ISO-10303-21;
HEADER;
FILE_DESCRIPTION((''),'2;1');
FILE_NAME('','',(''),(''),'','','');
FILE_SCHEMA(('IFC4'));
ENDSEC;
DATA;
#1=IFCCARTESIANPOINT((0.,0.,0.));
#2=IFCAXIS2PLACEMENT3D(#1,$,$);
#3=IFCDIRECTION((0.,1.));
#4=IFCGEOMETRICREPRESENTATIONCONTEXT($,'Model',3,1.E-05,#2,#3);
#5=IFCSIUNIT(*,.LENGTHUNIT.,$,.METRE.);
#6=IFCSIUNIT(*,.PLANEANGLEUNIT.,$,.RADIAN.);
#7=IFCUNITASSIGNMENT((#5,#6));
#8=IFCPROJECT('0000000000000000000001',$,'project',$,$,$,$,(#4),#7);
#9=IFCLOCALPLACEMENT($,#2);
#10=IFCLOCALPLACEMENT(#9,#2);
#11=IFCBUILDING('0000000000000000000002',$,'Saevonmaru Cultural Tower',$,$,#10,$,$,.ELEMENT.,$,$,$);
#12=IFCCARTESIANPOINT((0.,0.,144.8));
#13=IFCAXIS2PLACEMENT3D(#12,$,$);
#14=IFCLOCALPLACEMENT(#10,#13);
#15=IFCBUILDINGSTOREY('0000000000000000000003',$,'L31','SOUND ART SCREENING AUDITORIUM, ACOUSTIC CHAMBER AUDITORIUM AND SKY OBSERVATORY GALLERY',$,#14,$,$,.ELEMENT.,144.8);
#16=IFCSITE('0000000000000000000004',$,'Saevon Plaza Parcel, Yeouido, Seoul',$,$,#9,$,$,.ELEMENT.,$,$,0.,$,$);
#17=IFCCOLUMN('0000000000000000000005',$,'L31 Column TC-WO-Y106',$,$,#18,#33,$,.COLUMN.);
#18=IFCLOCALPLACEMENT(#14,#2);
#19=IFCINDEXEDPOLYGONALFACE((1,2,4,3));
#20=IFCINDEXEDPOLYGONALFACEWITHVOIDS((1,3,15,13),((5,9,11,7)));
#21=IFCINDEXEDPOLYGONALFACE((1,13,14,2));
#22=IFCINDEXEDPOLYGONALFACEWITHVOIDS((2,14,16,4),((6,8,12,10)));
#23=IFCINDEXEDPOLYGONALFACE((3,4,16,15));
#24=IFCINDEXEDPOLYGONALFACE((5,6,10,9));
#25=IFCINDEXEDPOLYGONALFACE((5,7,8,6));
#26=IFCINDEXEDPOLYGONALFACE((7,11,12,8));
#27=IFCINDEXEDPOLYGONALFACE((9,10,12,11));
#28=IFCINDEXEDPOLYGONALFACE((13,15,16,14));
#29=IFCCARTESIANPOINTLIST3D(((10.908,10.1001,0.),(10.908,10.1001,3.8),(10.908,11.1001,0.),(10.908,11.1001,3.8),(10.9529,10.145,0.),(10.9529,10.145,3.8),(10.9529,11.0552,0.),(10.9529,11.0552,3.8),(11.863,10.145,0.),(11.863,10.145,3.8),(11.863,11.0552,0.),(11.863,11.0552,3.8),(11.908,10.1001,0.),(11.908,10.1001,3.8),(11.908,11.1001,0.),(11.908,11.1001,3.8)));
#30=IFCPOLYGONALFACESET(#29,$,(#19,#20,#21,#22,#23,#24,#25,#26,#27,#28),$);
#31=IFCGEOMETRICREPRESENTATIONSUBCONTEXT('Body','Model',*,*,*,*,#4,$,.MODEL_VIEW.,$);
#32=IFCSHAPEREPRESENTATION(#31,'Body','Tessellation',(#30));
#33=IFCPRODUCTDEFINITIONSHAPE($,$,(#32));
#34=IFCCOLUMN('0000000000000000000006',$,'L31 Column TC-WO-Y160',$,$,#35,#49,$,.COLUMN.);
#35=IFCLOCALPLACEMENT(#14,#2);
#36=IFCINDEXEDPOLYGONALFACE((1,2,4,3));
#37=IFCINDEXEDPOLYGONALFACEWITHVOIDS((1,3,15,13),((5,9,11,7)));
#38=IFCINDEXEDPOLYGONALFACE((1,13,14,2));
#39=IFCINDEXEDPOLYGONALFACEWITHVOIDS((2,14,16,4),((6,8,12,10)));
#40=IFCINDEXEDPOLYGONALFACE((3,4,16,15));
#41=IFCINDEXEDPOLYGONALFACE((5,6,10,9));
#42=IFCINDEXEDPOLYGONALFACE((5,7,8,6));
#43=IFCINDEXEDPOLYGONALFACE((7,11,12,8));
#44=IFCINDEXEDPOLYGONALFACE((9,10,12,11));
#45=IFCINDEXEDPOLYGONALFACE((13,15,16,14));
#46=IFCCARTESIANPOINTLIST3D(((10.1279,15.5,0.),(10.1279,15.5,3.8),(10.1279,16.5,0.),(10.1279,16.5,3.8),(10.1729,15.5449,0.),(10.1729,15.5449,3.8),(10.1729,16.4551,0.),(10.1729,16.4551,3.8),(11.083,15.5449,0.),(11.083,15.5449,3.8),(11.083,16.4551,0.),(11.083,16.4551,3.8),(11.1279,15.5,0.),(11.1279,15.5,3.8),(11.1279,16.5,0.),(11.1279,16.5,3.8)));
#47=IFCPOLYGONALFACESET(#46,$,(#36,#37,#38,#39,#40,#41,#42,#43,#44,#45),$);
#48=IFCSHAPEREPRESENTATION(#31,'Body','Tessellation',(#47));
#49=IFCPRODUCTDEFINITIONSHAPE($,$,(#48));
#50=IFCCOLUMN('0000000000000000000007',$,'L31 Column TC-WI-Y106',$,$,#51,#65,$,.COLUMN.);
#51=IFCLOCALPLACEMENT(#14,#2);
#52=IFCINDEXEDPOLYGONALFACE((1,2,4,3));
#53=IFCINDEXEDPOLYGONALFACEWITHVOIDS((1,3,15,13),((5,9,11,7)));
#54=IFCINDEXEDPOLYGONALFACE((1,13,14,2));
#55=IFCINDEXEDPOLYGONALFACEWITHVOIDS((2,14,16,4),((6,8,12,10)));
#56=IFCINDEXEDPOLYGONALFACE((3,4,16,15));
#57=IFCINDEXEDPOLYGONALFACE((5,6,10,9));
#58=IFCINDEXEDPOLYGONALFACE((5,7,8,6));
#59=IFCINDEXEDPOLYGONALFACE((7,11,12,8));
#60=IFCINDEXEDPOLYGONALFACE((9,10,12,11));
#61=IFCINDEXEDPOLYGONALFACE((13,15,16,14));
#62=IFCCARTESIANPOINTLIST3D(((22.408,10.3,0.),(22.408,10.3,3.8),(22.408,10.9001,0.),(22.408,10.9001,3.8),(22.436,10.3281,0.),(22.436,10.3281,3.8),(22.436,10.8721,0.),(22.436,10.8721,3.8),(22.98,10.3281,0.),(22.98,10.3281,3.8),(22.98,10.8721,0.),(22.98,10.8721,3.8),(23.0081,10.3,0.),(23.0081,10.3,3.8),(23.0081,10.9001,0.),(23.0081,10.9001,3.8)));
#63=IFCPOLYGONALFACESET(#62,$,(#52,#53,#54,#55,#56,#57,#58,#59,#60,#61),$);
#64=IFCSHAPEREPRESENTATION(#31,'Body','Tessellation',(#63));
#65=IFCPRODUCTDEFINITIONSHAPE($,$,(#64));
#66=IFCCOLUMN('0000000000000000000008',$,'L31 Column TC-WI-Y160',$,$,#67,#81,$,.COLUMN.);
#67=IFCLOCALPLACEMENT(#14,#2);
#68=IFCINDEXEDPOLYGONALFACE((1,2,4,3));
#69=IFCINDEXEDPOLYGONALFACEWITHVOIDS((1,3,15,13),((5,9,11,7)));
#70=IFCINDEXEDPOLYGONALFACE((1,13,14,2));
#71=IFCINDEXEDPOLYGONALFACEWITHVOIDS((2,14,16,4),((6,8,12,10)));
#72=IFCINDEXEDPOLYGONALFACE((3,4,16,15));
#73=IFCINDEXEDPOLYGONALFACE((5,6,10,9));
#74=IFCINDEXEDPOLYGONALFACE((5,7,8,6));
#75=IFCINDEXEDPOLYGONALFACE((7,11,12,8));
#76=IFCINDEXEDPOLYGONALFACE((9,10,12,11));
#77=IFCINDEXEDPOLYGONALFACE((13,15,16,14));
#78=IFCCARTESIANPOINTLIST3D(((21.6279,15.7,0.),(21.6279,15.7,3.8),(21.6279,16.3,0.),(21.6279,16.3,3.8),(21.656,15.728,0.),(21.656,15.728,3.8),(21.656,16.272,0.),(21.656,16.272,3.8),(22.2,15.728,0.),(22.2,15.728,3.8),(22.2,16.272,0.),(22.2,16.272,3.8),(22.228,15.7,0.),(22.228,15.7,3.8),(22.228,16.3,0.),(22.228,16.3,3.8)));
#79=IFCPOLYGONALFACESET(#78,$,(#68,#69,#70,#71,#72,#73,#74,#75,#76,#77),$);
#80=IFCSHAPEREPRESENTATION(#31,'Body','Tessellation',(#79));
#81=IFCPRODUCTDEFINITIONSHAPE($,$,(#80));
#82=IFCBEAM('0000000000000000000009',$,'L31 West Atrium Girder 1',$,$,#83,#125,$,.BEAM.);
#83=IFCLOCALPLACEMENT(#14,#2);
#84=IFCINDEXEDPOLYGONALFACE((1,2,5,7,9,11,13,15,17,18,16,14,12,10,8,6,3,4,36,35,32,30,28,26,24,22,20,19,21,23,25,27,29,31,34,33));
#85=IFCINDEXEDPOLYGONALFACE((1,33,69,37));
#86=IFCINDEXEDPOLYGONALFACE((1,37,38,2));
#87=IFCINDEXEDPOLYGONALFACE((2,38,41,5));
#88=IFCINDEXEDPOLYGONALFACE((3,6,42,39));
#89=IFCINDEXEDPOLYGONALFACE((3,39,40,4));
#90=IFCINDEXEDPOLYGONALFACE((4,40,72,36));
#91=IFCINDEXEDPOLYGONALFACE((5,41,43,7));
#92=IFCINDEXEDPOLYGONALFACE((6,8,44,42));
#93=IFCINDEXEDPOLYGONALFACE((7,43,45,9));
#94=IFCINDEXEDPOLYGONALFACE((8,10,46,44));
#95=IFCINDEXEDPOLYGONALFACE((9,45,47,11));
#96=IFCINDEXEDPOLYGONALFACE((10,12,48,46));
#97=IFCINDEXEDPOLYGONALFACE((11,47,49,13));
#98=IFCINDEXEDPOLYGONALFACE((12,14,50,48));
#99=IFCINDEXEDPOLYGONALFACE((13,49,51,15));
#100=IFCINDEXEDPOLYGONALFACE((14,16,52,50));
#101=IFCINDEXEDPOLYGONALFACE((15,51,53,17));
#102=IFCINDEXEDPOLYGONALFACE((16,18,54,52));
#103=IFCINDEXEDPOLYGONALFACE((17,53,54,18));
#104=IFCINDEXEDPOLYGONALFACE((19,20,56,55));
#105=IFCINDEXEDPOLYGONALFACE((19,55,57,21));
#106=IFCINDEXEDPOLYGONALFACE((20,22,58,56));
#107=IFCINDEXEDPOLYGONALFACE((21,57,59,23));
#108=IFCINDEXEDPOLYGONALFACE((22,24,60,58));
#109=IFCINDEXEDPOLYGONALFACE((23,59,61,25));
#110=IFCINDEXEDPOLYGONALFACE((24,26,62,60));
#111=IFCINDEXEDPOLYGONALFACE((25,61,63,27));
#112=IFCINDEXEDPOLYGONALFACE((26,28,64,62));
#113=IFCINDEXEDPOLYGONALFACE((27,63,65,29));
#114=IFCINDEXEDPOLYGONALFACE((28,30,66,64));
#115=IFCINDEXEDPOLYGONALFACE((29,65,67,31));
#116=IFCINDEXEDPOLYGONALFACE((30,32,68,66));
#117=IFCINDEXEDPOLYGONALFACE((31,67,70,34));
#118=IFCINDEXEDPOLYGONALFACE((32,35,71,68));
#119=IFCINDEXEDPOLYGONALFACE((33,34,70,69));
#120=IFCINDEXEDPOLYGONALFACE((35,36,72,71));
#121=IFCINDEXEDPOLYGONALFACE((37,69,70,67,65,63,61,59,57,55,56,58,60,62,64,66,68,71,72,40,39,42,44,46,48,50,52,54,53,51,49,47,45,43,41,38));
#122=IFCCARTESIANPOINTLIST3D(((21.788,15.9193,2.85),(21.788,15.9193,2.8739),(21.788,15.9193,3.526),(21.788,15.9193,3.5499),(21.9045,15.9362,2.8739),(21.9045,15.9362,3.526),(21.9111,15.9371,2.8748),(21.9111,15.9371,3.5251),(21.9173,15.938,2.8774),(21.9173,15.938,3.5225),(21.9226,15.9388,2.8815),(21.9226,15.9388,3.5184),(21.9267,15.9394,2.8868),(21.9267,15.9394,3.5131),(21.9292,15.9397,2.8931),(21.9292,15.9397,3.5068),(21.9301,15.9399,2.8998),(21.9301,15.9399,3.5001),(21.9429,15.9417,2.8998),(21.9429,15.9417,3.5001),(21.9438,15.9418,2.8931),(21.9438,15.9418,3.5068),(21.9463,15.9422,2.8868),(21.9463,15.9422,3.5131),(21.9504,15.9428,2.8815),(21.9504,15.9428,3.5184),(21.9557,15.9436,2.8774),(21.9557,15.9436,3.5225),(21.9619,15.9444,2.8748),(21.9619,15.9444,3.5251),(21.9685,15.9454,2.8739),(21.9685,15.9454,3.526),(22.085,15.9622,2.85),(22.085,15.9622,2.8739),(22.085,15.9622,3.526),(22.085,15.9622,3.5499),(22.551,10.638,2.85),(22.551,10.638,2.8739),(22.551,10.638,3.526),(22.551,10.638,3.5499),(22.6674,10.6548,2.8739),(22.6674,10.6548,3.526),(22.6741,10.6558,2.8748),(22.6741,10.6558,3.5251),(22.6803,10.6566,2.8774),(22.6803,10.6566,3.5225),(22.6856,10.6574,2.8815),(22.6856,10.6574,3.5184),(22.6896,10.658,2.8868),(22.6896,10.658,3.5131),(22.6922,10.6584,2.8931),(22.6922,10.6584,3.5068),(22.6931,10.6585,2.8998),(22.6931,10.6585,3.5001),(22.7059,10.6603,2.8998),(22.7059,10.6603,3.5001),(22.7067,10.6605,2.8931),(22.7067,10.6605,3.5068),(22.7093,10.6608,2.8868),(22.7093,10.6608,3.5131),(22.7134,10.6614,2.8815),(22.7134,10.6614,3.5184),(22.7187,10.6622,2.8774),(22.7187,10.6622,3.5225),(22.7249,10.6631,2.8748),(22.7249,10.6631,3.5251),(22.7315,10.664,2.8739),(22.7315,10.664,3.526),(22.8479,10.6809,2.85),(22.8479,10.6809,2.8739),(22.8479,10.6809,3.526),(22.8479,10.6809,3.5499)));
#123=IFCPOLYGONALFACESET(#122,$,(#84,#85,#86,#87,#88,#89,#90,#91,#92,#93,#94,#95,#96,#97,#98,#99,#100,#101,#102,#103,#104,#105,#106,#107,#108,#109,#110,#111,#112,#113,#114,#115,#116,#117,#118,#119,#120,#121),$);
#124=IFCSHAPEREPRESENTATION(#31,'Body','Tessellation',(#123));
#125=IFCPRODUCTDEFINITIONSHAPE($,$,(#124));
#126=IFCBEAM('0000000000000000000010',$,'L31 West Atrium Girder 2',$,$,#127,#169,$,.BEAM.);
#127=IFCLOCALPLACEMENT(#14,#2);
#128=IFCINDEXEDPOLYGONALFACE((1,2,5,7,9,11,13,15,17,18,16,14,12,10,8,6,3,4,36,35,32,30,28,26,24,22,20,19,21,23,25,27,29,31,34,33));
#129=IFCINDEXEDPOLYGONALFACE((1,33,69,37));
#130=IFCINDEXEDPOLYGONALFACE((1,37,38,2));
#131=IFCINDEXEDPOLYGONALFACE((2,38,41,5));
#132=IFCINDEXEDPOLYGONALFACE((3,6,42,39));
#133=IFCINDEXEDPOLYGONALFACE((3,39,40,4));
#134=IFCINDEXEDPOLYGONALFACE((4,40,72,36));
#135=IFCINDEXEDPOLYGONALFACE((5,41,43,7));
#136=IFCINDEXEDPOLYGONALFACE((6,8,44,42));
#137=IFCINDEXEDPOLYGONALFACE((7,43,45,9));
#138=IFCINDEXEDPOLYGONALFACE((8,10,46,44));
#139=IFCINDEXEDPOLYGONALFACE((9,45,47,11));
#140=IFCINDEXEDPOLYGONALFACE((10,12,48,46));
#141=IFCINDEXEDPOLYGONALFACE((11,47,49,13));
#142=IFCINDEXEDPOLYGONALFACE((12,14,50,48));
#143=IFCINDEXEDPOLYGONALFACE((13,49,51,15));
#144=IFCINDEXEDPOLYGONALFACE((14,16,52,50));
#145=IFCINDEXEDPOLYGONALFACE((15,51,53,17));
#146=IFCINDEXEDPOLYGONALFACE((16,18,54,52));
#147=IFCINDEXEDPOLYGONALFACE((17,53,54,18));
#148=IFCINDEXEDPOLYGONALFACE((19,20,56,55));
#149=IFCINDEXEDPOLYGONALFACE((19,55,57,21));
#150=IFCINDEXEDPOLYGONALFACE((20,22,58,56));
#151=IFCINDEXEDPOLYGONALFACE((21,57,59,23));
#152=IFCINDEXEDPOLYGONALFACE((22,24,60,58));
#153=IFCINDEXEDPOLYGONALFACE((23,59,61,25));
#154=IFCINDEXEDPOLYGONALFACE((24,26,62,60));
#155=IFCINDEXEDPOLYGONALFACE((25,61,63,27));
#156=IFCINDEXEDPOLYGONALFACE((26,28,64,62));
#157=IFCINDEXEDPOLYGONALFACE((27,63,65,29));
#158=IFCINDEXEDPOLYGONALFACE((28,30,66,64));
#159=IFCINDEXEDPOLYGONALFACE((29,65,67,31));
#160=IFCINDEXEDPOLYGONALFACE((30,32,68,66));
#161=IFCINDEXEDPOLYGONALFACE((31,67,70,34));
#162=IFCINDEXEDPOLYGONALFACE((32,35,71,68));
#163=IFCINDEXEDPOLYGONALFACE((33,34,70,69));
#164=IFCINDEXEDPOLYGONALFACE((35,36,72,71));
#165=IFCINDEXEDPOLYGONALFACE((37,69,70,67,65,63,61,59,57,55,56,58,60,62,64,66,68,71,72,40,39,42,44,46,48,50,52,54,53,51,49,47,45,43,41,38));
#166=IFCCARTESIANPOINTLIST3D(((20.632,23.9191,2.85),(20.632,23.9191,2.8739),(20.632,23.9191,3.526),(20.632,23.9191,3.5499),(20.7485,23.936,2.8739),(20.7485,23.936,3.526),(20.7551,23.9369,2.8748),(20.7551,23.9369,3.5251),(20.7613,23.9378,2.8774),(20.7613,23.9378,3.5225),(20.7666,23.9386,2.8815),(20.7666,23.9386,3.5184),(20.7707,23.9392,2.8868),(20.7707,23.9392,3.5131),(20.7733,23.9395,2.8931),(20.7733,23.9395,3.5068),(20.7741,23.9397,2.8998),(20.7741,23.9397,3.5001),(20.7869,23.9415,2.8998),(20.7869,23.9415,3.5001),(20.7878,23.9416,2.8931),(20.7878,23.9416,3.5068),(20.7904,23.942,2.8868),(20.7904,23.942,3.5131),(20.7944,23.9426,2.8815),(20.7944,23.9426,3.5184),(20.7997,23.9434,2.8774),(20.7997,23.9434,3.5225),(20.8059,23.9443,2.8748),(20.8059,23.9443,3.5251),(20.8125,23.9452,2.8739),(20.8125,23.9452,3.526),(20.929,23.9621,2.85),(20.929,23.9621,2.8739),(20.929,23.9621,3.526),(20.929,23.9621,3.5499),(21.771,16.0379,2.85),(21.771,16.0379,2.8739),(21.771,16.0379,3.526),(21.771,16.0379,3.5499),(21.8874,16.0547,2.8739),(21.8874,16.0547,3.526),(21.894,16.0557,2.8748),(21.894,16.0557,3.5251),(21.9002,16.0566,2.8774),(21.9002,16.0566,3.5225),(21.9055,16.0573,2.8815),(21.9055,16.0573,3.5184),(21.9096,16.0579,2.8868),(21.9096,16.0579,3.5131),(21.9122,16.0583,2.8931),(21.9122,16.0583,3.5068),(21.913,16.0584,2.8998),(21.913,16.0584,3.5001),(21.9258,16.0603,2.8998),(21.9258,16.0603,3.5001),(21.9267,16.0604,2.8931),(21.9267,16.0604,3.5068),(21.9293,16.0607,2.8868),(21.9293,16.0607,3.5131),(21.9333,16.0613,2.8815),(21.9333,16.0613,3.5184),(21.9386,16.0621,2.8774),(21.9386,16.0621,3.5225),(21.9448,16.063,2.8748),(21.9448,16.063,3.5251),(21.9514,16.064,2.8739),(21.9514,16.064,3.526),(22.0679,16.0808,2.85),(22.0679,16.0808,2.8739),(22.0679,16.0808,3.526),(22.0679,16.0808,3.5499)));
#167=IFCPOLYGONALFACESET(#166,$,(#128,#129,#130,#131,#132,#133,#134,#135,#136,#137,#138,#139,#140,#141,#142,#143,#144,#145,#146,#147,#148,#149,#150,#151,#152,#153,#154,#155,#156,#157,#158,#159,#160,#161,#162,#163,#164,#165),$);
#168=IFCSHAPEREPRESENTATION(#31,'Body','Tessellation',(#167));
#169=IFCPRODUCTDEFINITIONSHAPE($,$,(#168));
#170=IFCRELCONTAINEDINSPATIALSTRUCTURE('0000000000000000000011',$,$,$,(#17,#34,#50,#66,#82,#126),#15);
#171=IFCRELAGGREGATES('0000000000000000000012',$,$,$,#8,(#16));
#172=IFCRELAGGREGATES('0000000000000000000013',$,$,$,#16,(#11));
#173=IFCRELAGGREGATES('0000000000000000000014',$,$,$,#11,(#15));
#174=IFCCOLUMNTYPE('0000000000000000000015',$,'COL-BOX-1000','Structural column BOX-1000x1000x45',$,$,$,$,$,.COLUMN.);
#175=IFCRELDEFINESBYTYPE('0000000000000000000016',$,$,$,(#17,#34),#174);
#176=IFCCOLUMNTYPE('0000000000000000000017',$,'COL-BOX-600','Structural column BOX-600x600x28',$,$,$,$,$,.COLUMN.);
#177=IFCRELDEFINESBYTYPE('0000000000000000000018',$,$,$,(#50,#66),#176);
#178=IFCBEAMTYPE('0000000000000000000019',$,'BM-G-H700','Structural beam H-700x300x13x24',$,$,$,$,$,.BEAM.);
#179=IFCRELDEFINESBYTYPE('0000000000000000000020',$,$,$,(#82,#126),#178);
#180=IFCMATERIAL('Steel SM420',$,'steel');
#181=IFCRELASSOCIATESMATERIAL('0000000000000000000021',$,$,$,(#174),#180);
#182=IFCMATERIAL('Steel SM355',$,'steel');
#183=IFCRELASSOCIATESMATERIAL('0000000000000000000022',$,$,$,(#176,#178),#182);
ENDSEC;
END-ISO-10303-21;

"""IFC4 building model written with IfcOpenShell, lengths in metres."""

from ifc_helpers import new_model, si_unit, direction, frame, origin, origin_2d, place, context, subcontext, project, spatial, hollow_rectangle, i_section, extrude, material, material_profile, profile_set, type_object, element, save


model = new_model("IFC4")

# Units and contexts
model_context = context("Model", 3, precision=1e-05, world=origin(), true_north=direction((0.0, 1.0)))
body_context = subcontext(model_context, "Body", "Model", "MODEL_VIEW")
ifc_project = project(units=[si_unit("LENGTHUNIT", "METRE"), si_unit("PLANEANGLEUNIT", "RADIAN")], contexts=[model_context])

# Site, building, storey
site_placement = place(None, origin())
site = spatial("IfcSite", under=ifc_project, at=site_placement, Name="Saevon Plaza Parcel, Yeouido, Seoul", CompositionType="ELEMENT", RefElevation=0.0)
building_placement = place(site_placement, origin())
building = spatial("IfcBuilding", under=site, at=building_placement, Name="Saevonmaru Cultural Tower", CompositionType="ELEMENT")
storey_placement = place(building_placement, frame((0.0, 0.0, 144.8)))
storey = spatial("IfcBuildingStorey", under=building, at=storey_placement, Name="L31", Description="SOUND ART SCREENING AUDITORIUM, ACOUSTIC CHAMBER AUDITORIUM AND SKY OBSERVATORY GALLERY", CompositionType="ELEMENT", Elevation=144.8)

# Columns
ifc_material_1 = material(Name="Steel SM420", Category="steel")
ifc_material_profile_1 = material_profile(ifc_material_1, hollow_rectangle(XDim=1.0, YDim=1.0, WallThickness=0.0449, at=origin_2d()), Name="BOX-1000x1000x45")
ifc_profile_set_1 = profile_set([ifc_material_profile_1], Name="Steel SM420")
column_type_1 = type_object("IfcColumnType", Name="COL-BOX-1000", Description="Structural column BOX-1000x1000x45", PredefinedType="COLUMN", material=ifc_profile_set_1)
for number, where, z_axis, x_axis, name in (
    (1, (11.408, 10.6001, 0.0), (0.0, 0.0, 1.0), (1.0, 0.0, 0.0), "L31 Column TC-WO-Y106"),
    (2, (10.6279, 16.0, 0.0), (0.0, 0.0, 1.0), (1.0, 0.0, 0.0), "L31 Column TC-WO-Y160"),
):
    element("IfcColumn", number, at=place(storey_placement, frame(where, z_axis=z_axis, x_axis=x_axis)), inside=storey, type_object=column_type_1, Name=name, PredefinedType="COLUMN", context=body_context, shape_type="SweptSolid", body=[
        extrude(hollow_rectangle(XDim=1.0, YDim=1.0, WallThickness=0.0449, at=origin_2d()), origin(), (0.0, 0.0, 1.0), 3.8),
    ])
ifc_material_2 = material(Name="Steel SM355", Category="steel")
ifc_material_profile_2 = material_profile(ifc_material_2, hollow_rectangle(XDim=0.6001, YDim=0.6001, WallThickness=0.0281, at=origin_2d()), Name="BOX-600x600x28")
ifc_profile_set_2 = profile_set([ifc_material_profile_2], Name="Steel SM355")
column_type_2 = type_object("IfcColumnType", Name="COL-BOX-600", Description="Structural column BOX-600x600x28", PredefinedType="COLUMN", material=ifc_profile_set_2)
for number, where, z_axis, x_axis, name in (
    (3, (22.708, 10.6001, 0.0), (0.0, 0.0, 1.0), (1.0, 0.0, 0.0), "L31 Column TC-WI-Y106"),
    (4, (21.928, 16.0, 0.0), (0.0, 0.0, 1.0), (1.0, 0.0, 0.0), "L31 Column TC-WI-Y160"),
):
    element("IfcColumn", number, at=place(storey_placement, frame(where, z_axis=z_axis, x_axis=x_axis)), inside=storey, type_object=column_type_2, Name=name, PredefinedType="COLUMN", context=body_context, shape_type="SweptSolid", body=[
        extrude(hollow_rectangle(XDim=0.6001, YDim=0.6001, WallThickness=0.0281, at=origin_2d()), origin(), (0.0, 0.0, 1.0), 3.8),
    ])

# Beams
ifc_material_profile_3 = material_profile(ifc_material_2, i_section(OverallWidth=0.3, OverallDepth=0.7, WebThickness=0.0129, FlangeThickness=0.0239, FilletRadius=0.0259, at=origin_2d()), Name="H-700x300x13x24")
ifc_profile_set_3 = profile_set([ifc_material_profile_3], Name="Steel SM355")
beam_type_1 = type_object("IfcBeamType", Name="BM-G-H700", Description="Structural beam H-700x300x13x24", PredefinedType="BEAM", material=ifc_profile_set_3)
beam_1_placement = place(storey_placement, frame((22.6995, 10.6594, 3.2), z_axis=(-0.142978, 0.989726, 0.0), x_axis=(-0.989726, -0.142978, 0.0)))
element("IfcBeam", 5, at=beam_1_placement, inside=storey, type_object=beam_type_1, Name="L31 West Atrium Girder 1", PredefinedType="BEAM", context=body_context, shape_type="SweptSolid", body=[
    extrude(i_section(OverallWidth=0.3, OverallDepth=0.7, WebThickness=0.0129, FlangeThickness=0.0239, FilletRadius=0.0259, at=origin_2d()), origin(), (0.0, 0.0, 1.0), 5.3362),
])
beam_2_placement = place(storey_placement, frame((21.9194, 16.0593, 3.2), z_axis=(-0.143022, 0.989719, 0.0), x_axis=(-0.989719, -0.143022, 0.0)))
element("IfcBeam", 6, at=beam_2_placement, inside=storey, type_object=beam_type_1, Name="L31 West Atrium Girder 2", PredefinedType="BEAM", context=body_context, shape_type="SweptSolid", body=[
    extrude(i_section(OverallWidth=0.3, OverallDepth=0.7, WebThickness=0.0129, FlangeThickness=0.0239, FilletRadius=0.0259, at=origin_2d()), origin(), (0.0, 0.0, 1.0), 7.9631),
])

save(model, "model.ifc")
